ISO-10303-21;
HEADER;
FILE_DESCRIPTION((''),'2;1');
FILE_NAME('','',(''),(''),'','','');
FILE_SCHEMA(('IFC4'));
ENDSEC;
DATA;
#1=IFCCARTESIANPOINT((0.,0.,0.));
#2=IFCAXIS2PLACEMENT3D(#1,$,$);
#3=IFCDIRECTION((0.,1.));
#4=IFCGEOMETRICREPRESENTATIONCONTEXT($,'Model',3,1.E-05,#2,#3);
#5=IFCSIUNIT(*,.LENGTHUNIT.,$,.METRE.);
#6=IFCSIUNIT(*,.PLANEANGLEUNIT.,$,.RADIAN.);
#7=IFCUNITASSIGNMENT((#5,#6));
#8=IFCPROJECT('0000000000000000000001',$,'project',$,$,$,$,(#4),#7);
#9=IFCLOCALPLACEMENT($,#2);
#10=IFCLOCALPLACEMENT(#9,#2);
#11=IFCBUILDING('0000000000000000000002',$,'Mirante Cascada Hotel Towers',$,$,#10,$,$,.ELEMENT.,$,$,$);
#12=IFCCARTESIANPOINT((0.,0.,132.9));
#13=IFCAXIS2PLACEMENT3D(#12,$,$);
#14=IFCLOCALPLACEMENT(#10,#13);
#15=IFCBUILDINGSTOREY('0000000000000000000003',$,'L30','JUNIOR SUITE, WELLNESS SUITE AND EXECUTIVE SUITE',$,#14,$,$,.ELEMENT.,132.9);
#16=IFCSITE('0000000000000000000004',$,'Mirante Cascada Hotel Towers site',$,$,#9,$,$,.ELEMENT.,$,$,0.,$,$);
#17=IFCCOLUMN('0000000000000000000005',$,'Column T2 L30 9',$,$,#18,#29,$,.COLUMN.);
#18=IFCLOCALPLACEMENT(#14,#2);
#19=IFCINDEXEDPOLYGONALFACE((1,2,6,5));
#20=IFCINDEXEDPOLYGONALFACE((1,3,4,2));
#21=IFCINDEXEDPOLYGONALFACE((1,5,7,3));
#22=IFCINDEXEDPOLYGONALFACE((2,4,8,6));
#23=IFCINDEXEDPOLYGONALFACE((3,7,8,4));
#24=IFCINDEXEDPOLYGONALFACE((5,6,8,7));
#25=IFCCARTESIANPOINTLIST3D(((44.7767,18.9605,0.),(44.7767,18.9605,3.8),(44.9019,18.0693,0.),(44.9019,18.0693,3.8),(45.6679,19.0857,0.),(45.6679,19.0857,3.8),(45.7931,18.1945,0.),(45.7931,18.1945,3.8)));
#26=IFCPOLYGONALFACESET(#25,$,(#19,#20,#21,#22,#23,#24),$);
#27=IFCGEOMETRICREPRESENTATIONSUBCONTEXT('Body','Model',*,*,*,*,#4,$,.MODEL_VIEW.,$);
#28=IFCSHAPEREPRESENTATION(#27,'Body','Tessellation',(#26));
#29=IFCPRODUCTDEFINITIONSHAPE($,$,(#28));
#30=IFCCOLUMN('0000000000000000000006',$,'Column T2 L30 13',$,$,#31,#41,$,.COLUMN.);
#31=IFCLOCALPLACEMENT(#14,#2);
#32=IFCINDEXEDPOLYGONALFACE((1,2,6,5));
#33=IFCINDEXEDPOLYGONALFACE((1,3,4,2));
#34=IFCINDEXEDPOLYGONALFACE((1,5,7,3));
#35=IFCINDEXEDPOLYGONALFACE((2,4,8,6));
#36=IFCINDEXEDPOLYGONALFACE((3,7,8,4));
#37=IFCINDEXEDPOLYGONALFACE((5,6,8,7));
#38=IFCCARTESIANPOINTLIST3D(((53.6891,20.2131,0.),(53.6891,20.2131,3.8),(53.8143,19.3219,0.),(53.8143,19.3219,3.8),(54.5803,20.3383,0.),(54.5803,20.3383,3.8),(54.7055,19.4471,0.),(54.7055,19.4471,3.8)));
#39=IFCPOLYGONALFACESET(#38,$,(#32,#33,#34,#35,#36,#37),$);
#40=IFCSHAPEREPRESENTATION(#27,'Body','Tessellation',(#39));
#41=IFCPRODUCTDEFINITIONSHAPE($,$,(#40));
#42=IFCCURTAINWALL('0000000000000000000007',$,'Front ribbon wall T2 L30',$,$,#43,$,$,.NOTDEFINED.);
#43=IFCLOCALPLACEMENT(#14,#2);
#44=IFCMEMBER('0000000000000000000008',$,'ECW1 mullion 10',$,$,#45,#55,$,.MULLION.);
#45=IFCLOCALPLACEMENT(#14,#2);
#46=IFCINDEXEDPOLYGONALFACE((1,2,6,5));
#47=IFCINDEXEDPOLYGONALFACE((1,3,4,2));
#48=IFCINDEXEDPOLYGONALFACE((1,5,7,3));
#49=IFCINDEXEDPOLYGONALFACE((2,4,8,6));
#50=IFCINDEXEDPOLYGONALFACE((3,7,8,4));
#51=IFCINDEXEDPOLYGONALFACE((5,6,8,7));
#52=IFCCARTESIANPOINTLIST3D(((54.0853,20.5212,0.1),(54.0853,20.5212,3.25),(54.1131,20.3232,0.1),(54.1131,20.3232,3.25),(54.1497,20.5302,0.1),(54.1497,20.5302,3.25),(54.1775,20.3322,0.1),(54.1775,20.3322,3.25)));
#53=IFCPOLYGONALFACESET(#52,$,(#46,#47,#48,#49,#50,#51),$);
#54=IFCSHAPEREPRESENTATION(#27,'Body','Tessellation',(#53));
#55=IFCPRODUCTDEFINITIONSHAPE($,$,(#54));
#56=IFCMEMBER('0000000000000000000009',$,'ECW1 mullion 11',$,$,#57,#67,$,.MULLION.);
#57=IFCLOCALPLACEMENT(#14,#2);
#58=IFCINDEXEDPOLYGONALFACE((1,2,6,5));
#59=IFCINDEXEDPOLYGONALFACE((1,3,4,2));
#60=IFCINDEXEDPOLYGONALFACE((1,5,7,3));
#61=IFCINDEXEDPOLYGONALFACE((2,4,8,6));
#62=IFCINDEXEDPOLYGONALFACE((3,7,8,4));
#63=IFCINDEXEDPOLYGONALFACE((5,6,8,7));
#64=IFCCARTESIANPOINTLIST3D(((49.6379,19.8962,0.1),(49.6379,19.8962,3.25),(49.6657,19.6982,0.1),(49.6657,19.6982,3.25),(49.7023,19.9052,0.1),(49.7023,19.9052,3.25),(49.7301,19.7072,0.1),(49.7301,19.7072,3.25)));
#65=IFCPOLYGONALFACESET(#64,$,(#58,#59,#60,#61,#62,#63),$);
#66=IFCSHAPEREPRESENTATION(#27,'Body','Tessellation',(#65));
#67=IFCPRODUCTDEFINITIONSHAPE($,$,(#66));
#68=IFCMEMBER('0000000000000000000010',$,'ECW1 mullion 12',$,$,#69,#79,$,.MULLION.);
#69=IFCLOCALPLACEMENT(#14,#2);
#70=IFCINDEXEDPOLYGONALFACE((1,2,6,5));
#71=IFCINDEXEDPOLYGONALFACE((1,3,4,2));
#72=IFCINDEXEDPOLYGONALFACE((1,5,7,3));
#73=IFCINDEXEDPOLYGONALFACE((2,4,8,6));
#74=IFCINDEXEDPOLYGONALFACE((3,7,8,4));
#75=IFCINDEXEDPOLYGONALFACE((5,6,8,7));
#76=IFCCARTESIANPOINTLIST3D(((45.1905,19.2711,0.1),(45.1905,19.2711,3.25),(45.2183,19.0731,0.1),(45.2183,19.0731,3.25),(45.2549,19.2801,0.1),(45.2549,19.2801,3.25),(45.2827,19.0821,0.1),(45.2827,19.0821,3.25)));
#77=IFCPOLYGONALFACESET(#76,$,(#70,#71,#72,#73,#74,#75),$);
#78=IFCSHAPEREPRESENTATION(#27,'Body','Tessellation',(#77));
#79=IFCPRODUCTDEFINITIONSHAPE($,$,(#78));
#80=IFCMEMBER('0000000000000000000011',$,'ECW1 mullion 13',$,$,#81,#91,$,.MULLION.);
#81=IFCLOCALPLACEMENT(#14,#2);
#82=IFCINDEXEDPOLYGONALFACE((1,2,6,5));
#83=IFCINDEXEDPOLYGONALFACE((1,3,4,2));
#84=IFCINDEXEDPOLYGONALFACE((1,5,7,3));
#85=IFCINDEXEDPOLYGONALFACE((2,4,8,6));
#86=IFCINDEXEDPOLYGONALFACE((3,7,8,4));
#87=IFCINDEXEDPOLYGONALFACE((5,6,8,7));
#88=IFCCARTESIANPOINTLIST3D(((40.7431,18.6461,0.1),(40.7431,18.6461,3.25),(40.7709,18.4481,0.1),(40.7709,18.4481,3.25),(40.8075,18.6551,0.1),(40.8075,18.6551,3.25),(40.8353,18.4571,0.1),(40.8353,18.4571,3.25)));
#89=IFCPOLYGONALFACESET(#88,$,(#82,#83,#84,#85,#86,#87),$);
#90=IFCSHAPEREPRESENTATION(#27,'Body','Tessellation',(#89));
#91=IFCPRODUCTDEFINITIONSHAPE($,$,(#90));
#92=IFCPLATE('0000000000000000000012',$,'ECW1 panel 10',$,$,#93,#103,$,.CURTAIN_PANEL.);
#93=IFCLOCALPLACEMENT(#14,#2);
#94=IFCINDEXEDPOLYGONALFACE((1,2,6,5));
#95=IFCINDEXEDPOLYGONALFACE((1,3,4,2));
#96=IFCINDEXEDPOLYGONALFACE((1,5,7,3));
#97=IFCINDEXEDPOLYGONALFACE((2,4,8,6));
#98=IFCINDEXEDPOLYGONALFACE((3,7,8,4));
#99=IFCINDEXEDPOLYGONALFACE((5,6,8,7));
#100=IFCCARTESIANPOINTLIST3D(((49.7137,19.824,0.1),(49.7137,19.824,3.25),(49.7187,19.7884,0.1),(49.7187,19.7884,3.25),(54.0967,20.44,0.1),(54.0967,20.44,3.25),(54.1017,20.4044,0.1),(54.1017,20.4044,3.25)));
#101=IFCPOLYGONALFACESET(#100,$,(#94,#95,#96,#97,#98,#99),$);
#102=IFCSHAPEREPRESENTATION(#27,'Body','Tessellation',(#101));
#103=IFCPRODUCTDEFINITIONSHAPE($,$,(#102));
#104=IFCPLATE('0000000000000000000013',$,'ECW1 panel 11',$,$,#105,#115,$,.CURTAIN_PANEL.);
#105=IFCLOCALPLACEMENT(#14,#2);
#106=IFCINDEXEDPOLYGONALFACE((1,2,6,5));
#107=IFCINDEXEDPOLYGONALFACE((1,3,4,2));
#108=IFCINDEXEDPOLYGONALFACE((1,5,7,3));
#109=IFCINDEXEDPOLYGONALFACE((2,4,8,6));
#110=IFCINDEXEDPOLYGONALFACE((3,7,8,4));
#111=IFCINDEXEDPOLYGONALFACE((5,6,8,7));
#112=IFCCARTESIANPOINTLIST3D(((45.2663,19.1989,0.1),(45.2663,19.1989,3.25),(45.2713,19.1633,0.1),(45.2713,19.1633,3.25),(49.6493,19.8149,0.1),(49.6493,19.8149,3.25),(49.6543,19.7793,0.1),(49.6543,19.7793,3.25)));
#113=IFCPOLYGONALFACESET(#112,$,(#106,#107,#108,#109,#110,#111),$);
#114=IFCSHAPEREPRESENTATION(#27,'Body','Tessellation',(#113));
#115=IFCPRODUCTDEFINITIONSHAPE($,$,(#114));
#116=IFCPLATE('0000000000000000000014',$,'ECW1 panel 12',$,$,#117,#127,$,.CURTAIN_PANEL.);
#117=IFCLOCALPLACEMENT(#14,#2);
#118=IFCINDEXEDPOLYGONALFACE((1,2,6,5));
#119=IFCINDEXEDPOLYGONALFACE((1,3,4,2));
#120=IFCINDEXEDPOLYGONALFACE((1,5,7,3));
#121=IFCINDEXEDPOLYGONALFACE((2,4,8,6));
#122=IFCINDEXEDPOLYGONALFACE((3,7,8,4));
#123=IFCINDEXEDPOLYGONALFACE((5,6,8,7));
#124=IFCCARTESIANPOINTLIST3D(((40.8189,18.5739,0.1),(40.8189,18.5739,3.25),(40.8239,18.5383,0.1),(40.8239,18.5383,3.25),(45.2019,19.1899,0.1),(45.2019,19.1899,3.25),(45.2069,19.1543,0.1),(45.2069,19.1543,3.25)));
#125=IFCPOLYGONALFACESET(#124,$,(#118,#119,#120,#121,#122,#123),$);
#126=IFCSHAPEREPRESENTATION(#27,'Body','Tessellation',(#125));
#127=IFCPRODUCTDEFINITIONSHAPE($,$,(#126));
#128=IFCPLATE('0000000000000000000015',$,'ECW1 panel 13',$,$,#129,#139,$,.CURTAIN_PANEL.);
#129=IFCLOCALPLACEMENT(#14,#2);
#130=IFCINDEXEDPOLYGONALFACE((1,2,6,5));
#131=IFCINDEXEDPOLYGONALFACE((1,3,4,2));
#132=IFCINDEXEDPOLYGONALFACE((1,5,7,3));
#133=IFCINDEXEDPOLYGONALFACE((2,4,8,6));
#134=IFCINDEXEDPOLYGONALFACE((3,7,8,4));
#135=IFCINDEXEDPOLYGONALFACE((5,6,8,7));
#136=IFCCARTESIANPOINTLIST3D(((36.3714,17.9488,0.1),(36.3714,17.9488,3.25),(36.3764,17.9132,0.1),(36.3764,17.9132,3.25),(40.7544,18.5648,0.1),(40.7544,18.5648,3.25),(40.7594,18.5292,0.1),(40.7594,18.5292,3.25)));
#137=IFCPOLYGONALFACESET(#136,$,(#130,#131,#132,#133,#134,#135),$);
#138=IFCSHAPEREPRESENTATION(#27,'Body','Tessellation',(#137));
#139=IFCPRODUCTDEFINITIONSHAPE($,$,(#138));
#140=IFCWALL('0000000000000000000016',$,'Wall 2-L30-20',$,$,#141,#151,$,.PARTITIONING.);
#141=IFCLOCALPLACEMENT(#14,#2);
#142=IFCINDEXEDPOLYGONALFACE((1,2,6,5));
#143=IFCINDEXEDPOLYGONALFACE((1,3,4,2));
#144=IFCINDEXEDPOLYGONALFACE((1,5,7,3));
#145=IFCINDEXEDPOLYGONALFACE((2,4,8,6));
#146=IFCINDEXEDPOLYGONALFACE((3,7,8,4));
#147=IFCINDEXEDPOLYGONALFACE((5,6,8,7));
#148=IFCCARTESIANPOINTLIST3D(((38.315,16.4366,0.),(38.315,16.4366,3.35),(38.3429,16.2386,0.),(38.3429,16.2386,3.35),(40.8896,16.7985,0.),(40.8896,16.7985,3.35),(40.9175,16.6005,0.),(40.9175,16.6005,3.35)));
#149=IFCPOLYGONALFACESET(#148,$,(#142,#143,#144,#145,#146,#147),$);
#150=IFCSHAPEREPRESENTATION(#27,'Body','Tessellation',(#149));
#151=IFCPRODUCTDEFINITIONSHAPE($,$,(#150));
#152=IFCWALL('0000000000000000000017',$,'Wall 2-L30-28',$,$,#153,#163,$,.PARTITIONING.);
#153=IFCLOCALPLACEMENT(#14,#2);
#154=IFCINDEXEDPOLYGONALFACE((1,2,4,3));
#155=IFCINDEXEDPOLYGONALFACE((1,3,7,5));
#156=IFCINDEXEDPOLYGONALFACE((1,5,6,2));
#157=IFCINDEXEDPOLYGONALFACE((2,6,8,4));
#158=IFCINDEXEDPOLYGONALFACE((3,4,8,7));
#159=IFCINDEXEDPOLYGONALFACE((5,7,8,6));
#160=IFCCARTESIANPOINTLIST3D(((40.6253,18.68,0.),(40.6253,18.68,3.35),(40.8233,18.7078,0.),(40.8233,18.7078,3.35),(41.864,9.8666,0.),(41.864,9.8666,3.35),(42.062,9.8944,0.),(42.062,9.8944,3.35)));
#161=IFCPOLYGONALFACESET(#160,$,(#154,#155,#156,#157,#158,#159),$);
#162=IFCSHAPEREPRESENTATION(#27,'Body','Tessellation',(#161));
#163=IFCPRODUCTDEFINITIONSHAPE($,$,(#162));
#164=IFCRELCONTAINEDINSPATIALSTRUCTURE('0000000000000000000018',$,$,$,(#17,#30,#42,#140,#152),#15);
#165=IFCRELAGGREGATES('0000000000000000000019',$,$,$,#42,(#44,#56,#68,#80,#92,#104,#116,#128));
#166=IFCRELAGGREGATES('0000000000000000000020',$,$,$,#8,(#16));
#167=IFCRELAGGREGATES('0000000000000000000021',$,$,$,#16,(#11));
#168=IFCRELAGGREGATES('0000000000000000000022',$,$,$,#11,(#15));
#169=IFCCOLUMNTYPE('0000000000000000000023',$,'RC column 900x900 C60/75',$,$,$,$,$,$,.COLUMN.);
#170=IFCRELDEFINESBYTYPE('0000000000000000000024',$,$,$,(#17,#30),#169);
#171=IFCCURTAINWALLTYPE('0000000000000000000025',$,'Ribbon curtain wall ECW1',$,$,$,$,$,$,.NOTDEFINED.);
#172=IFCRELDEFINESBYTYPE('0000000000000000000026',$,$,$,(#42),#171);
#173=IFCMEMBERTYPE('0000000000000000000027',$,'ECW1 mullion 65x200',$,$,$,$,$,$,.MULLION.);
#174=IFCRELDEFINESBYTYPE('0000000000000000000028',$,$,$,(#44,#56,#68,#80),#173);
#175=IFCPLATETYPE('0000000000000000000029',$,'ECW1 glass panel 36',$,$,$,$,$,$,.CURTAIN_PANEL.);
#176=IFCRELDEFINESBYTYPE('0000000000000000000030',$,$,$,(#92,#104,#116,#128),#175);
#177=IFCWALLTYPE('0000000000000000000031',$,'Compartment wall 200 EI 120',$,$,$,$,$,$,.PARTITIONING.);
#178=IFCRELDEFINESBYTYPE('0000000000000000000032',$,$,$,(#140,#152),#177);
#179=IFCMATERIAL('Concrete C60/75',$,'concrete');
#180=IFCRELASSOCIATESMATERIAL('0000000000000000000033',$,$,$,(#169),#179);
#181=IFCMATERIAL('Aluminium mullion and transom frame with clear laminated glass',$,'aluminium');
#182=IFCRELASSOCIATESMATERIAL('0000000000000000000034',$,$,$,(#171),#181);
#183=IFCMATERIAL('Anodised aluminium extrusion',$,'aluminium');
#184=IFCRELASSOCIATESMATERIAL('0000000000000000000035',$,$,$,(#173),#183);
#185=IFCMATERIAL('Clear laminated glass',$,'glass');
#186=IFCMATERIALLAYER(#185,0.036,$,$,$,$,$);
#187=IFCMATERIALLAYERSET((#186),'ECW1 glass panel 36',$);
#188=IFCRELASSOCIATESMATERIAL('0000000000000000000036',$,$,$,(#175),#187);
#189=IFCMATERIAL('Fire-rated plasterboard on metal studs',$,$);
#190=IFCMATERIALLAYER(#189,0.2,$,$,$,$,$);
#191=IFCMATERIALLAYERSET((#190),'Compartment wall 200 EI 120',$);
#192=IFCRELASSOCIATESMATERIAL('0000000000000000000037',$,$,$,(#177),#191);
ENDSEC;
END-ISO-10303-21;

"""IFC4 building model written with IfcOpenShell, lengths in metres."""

from ifc_helpers import new_model, si_unit, direction, frame, frame_2d, origin, origin_2d, place, context, subcontext, project, spatial, rectangle, extrude, material, layer, layer_set, material_profile, profile_set, type_object, element, aggregate, save


model = new_model("IFC4")

# Units and contexts
model_context = context("Model", 3, precision=1e-05, world=origin(), true_north=direction((0.0, 1.0)))
body_context = subcontext(model_context, "Body", "Model", "MODEL_VIEW")
ifc_project = project(units=[si_unit("LENGTHUNIT", "METRE"), si_unit("PLANEANGLEUNIT", "RADIAN")], contexts=[model_context])

# Site, building, storey
site_placement = place(None, origin())
site = spatial("IfcSite", under=ifc_project, at=site_placement, Name="Mirante Cascada Hotel Towers site", CompositionType="ELEMENT", RefElevation=0.0)
building_placement = place(site_placement, origin())
building = spatial("IfcBuilding", under=site, at=building_placement, Name="Mirante Cascada Hotel Towers", CompositionType="ELEMENT")
storey_placement = place(building_placement, frame((0.0, 0.0, 132.9)))
storey = spatial("IfcBuildingStorey", under=building, at=storey_placement, Name="L30", Description="JUNIOR SUITE, WELLNESS SUITE AND EXECUTIVE SUITE", CompositionType="ELEMENT", Elevation=132.9)

# Columns
ifc_material_1 = material(Name="Concrete C60/75", Category="concrete")
ifc_material_profile_1 = material_profile(ifc_material_1, rectangle(XDim=0.9, YDim=0.9, at=origin_2d()), Name="RC column 900x900 C60/75")
ifc_profile_set_1 = profile_set([ifc_material_profile_1], Name="Concrete C60/75")
column_type = type_object("IfcColumnType", Name="RC column 900x900 C60/75", PredefinedType="COLUMN", material=ifc_profile_set_1)
for number, where, z_axis, x_axis, name in (
    (1, (45.2849, 18.5775, 0.0), (0.0, 0.0, 1.0), (0.990268, 0.139173, 0.0), "Column T2 L30 9"),
    (2, (54.1973, 19.8301, 0.0), (0.0, 0.0, 1.0), (0.990268, 0.139173, 0.0), "Column T2 L30 13"),
):
    element("IfcColumn", number, at=place(storey_placement, frame(where, z_axis=z_axis, x_axis=x_axis)), inside=storey, type_object=column_type, Name=name, PredefinedType="COLUMN", context=body_context, shape_type="SweptSolid", body=[
        extrude(rectangle(XDim=0.9, YDim=0.9, at=origin_2d()), origin(), (0.0, 0.0, 1.0), 3.8),
    ])

# Curtain wall, members, plates
ifc_material_2 = material(Name="Aluminium mullion and transom frame with clear laminated glass", Category="aluminium")
curtain_wall_type = type_object("IfcCurtainWallType", Name="Ribbon curtain wall ECW1", PredefinedType="NOTDEFINED", material=ifc_material_2)
curtain_wall_placement = place(storey_placement, origin())
curtain_wall = element("IfcCurtainWall", 3, at=curtain_wall_placement, inside=storey, type_object=curtain_wall_type, Name="Front ribbon wall T2 L30", PredefinedType="NOTDEFINED")
ifc_material_3 = material(Name="Anodised aluminium extrusion", Category="aluminium")
ifc_material_profile_2 = material_profile(ifc_material_3, rectangle(XDim=0.2, YDim=0.065, at=origin_2d()), Name="ECW1 MULLION 65x200")
ifc_profile_set_2 = profile_set([ifc_material_profile_2], Name="Anodised aluminium extrusion")
member_type = type_object("IfcMemberType", Name="ECW1 mullion 65x200", PredefinedType="MULLION", material=ifc_profile_set_2)
member_1_placement = place(storey_placement, frame((54.1314, 20.4267, 0.1), z_axis=(0.0, 0.0, 1.0), x_axis=(0.139173, -0.990268, 0.0)))
member_1 = element("IfcMember", 4, at=member_1_placement, type_object=member_type, Name="ECW1 mullion 10", PredefinedType="MULLION", context=body_context, shape_type="SweptSolid", body=[
    extrude(rectangle(XDim=0.2, YDim=0.065, at=origin_2d()), origin(), (0.0, 0.0, 1.0), 3.15),
])
member_2_placement = place(storey_placement, frame((49.684, 19.8017, 0.1), z_axis=(0.0, 0.0, 1.0), x_axis=(0.139173, -0.990268, 0.0)))
member_2 = element("IfcMember", 5, at=member_2_placement, type_object=member_type, Name="ECW1 mullion 11", PredefinedType="MULLION", context=body_context, shape_type="SweptSolid", body=[
    extrude(rectangle(XDim=0.2, YDim=0.065, at=origin_2d()), origin(), (0.0, 0.0, 1.0), 3.15),
])
member_3_placement = place(storey_placement, frame((45.2366, 19.1766, 0.1), z_axis=(0.0, 0.0, 1.0), x_axis=(0.139173, -0.990268, 0.0)))
member_3 = element("IfcMember", 6, at=member_3_placement, type_object=member_type, Name="ECW1 mullion 12", PredefinedType="MULLION", context=body_context, shape_type="SweptSolid", body=[
    extrude(rectangle(XDim=0.2, YDim=0.065, at=origin_2d()), origin(), (0.0, 0.0, 1.0), 3.15),
])
member_4_placement = place(storey_placement, frame((40.7892, 18.5516, 0.1), z_axis=(0.0, 0.0, 1.0), x_axis=(0.139173, -0.990268, 0.0)))
member_4 = element("IfcMember", 7, at=member_4_placement, type_object=member_type, Name="ECW1 mullion 13", PredefinedType="MULLION", context=body_context, shape_type="SweptSolid", body=[
    extrude(rectangle(XDim=0.2, YDim=0.065, at=origin_2d()), origin(), (0.0, 0.0, 1.0), 3.15),
])
ifc_material_4 = material(Name="Clear laminated glass", Category="glass")
ifc_layer_1 = layer(ifc_material_4, 0.036)
ifc_layer_set_1 = layer_set([ifc_layer_1], Name="ECW1 glass panel 36")
plate_type = type_object("IfcPlateType", Name="ECW1 glass panel 36", PredefinedType="CURTAIN_PANEL", material=ifc_layer_set_1)
plate_1_placement = place(storey_placement, frame((51.9077, 20.1142, 0.1), z_axis=(0.0, 0.0, 1.0), x_axis=(-0.990268, -0.139173, 0.0)))
plate_1 = element("IfcPlate", 8, at=plate_1_placement, type_object=plate_type, Name="ECW1 panel 10", PredefinedType="CURTAIN_PANEL", context=body_context, shape_type="SweptSolid", body=[
    extrude(rectangle(XDim=4.4261, YDim=0.036, at=origin_2d()), origin(), (0.0, 0.0, 1.0), 3.15),
])
plate_2_placement = place(storey_placement, frame((47.4603, 19.4891, 0.1), z_axis=(0.0, 0.0, 1.0), x_axis=(-0.990268, -0.139173, 0.0)))
plate_2 = element("IfcPlate", 9, at=plate_2_placement, type_object=plate_type, Name="ECW1 panel 11", PredefinedType="CURTAIN_PANEL", context=body_context, shape_type="SweptSolid", body=[
    extrude(rectangle(XDim=4.4261, YDim=0.036, at=origin_2d()), origin(), (0.0, 0.0, 1.0), 3.15),
])
plate_3_placement = place(storey_placement, frame((43.0129, 18.8641, 0.1), z_axis=(0.0, 0.0, 1.0), x_axis=(-0.990268, -0.139173, 0.0)))
plate_3 = element("IfcPlate", 10, at=plate_3_placement, type_object=plate_type, Name="ECW1 panel 12", PredefinedType="CURTAIN_PANEL", context=body_context, shape_type="SweptSolid", body=[
    extrude(rectangle(XDim=4.4261, YDim=0.036, at=origin_2d()), origin(), (0.0, 0.0, 1.0), 3.15),
])
plate_4_placement = place(storey_placement, frame((38.5654, 18.239, 0.1), z_axis=(0.0, 0.0, 1.0), x_axis=(-0.990268, -0.139173, 0.0)))
plate_4 = element("IfcPlate", 11, at=plate_4_placement, type_object=plate_type, Name="ECW1 panel 13", PredefinedType="CURTAIN_PANEL", context=body_context, shape_type="SweptSolid", body=[
    extrude(rectangle(XDim=4.4261, YDim=0.036, at=origin_2d()), origin(), (0.0, 0.0, 1.0), 3.15),
])
aggregate(curtain_wall, [member_1, member_2, member_3, member_4, plate_1, plate_2, plate_3, plate_4])

# Walls
ifc_material_5 = material(Name="Fire-rated plasterboard on metal studs")
ifc_layer_2 = layer(ifc_material_5, 0.2)
ifc_layer_set_2 = layer_set([ifc_layer_2], Name="Compartment wall 200 EI 120")
wall_type_1 = type_object("IfcWallType", Name="Compartment wall 200 EI 120", PredefinedType="PARTITIONING", material=ifc_layer_set_2)
wall_1_placement = place(storey_placement, frame((40.9036, 16.6995, 0.0), z_axis=(0.0, 0.0, 1.0), x_axis=(-0.990265, -0.139197, 0.0)))
element("IfcWall", 12, at=wall_1_placement, inside=storey, type_object=wall_type_1, Name="Wall 2-L30-20", PredefinedType="PARTITIONING", context=body_context, shape_type="SweptSolid", body=[
    extrude(rectangle(XDim=2.5999, YDim=0.2, at=frame_2d((1.3, 0.0))), origin(), (0.0, 0.0, 1.0), 3.35),
])
wall_2_placement = place(storey_placement, frame((40.7243, 18.6939, 0.0), z_axis=(0.0, 0.0, 1.0), x_axis=(0.139179, -0.990267, 0.0)))
element("IfcWall", 13, at=wall_2_placement, inside=storey, type_object=wall_type_1, Name="Wall 2-L30-28", PredefinedType="PARTITIONING", context=body_context, shape_type="SweptSolid", body=[
    extrude(rectangle(XDim=8.9, YDim=0.2, at=frame_2d((4.45, 0.0))), origin(), (0.0, 0.0, 1.0), 3.35),
])

save(model, "model.ifc")
